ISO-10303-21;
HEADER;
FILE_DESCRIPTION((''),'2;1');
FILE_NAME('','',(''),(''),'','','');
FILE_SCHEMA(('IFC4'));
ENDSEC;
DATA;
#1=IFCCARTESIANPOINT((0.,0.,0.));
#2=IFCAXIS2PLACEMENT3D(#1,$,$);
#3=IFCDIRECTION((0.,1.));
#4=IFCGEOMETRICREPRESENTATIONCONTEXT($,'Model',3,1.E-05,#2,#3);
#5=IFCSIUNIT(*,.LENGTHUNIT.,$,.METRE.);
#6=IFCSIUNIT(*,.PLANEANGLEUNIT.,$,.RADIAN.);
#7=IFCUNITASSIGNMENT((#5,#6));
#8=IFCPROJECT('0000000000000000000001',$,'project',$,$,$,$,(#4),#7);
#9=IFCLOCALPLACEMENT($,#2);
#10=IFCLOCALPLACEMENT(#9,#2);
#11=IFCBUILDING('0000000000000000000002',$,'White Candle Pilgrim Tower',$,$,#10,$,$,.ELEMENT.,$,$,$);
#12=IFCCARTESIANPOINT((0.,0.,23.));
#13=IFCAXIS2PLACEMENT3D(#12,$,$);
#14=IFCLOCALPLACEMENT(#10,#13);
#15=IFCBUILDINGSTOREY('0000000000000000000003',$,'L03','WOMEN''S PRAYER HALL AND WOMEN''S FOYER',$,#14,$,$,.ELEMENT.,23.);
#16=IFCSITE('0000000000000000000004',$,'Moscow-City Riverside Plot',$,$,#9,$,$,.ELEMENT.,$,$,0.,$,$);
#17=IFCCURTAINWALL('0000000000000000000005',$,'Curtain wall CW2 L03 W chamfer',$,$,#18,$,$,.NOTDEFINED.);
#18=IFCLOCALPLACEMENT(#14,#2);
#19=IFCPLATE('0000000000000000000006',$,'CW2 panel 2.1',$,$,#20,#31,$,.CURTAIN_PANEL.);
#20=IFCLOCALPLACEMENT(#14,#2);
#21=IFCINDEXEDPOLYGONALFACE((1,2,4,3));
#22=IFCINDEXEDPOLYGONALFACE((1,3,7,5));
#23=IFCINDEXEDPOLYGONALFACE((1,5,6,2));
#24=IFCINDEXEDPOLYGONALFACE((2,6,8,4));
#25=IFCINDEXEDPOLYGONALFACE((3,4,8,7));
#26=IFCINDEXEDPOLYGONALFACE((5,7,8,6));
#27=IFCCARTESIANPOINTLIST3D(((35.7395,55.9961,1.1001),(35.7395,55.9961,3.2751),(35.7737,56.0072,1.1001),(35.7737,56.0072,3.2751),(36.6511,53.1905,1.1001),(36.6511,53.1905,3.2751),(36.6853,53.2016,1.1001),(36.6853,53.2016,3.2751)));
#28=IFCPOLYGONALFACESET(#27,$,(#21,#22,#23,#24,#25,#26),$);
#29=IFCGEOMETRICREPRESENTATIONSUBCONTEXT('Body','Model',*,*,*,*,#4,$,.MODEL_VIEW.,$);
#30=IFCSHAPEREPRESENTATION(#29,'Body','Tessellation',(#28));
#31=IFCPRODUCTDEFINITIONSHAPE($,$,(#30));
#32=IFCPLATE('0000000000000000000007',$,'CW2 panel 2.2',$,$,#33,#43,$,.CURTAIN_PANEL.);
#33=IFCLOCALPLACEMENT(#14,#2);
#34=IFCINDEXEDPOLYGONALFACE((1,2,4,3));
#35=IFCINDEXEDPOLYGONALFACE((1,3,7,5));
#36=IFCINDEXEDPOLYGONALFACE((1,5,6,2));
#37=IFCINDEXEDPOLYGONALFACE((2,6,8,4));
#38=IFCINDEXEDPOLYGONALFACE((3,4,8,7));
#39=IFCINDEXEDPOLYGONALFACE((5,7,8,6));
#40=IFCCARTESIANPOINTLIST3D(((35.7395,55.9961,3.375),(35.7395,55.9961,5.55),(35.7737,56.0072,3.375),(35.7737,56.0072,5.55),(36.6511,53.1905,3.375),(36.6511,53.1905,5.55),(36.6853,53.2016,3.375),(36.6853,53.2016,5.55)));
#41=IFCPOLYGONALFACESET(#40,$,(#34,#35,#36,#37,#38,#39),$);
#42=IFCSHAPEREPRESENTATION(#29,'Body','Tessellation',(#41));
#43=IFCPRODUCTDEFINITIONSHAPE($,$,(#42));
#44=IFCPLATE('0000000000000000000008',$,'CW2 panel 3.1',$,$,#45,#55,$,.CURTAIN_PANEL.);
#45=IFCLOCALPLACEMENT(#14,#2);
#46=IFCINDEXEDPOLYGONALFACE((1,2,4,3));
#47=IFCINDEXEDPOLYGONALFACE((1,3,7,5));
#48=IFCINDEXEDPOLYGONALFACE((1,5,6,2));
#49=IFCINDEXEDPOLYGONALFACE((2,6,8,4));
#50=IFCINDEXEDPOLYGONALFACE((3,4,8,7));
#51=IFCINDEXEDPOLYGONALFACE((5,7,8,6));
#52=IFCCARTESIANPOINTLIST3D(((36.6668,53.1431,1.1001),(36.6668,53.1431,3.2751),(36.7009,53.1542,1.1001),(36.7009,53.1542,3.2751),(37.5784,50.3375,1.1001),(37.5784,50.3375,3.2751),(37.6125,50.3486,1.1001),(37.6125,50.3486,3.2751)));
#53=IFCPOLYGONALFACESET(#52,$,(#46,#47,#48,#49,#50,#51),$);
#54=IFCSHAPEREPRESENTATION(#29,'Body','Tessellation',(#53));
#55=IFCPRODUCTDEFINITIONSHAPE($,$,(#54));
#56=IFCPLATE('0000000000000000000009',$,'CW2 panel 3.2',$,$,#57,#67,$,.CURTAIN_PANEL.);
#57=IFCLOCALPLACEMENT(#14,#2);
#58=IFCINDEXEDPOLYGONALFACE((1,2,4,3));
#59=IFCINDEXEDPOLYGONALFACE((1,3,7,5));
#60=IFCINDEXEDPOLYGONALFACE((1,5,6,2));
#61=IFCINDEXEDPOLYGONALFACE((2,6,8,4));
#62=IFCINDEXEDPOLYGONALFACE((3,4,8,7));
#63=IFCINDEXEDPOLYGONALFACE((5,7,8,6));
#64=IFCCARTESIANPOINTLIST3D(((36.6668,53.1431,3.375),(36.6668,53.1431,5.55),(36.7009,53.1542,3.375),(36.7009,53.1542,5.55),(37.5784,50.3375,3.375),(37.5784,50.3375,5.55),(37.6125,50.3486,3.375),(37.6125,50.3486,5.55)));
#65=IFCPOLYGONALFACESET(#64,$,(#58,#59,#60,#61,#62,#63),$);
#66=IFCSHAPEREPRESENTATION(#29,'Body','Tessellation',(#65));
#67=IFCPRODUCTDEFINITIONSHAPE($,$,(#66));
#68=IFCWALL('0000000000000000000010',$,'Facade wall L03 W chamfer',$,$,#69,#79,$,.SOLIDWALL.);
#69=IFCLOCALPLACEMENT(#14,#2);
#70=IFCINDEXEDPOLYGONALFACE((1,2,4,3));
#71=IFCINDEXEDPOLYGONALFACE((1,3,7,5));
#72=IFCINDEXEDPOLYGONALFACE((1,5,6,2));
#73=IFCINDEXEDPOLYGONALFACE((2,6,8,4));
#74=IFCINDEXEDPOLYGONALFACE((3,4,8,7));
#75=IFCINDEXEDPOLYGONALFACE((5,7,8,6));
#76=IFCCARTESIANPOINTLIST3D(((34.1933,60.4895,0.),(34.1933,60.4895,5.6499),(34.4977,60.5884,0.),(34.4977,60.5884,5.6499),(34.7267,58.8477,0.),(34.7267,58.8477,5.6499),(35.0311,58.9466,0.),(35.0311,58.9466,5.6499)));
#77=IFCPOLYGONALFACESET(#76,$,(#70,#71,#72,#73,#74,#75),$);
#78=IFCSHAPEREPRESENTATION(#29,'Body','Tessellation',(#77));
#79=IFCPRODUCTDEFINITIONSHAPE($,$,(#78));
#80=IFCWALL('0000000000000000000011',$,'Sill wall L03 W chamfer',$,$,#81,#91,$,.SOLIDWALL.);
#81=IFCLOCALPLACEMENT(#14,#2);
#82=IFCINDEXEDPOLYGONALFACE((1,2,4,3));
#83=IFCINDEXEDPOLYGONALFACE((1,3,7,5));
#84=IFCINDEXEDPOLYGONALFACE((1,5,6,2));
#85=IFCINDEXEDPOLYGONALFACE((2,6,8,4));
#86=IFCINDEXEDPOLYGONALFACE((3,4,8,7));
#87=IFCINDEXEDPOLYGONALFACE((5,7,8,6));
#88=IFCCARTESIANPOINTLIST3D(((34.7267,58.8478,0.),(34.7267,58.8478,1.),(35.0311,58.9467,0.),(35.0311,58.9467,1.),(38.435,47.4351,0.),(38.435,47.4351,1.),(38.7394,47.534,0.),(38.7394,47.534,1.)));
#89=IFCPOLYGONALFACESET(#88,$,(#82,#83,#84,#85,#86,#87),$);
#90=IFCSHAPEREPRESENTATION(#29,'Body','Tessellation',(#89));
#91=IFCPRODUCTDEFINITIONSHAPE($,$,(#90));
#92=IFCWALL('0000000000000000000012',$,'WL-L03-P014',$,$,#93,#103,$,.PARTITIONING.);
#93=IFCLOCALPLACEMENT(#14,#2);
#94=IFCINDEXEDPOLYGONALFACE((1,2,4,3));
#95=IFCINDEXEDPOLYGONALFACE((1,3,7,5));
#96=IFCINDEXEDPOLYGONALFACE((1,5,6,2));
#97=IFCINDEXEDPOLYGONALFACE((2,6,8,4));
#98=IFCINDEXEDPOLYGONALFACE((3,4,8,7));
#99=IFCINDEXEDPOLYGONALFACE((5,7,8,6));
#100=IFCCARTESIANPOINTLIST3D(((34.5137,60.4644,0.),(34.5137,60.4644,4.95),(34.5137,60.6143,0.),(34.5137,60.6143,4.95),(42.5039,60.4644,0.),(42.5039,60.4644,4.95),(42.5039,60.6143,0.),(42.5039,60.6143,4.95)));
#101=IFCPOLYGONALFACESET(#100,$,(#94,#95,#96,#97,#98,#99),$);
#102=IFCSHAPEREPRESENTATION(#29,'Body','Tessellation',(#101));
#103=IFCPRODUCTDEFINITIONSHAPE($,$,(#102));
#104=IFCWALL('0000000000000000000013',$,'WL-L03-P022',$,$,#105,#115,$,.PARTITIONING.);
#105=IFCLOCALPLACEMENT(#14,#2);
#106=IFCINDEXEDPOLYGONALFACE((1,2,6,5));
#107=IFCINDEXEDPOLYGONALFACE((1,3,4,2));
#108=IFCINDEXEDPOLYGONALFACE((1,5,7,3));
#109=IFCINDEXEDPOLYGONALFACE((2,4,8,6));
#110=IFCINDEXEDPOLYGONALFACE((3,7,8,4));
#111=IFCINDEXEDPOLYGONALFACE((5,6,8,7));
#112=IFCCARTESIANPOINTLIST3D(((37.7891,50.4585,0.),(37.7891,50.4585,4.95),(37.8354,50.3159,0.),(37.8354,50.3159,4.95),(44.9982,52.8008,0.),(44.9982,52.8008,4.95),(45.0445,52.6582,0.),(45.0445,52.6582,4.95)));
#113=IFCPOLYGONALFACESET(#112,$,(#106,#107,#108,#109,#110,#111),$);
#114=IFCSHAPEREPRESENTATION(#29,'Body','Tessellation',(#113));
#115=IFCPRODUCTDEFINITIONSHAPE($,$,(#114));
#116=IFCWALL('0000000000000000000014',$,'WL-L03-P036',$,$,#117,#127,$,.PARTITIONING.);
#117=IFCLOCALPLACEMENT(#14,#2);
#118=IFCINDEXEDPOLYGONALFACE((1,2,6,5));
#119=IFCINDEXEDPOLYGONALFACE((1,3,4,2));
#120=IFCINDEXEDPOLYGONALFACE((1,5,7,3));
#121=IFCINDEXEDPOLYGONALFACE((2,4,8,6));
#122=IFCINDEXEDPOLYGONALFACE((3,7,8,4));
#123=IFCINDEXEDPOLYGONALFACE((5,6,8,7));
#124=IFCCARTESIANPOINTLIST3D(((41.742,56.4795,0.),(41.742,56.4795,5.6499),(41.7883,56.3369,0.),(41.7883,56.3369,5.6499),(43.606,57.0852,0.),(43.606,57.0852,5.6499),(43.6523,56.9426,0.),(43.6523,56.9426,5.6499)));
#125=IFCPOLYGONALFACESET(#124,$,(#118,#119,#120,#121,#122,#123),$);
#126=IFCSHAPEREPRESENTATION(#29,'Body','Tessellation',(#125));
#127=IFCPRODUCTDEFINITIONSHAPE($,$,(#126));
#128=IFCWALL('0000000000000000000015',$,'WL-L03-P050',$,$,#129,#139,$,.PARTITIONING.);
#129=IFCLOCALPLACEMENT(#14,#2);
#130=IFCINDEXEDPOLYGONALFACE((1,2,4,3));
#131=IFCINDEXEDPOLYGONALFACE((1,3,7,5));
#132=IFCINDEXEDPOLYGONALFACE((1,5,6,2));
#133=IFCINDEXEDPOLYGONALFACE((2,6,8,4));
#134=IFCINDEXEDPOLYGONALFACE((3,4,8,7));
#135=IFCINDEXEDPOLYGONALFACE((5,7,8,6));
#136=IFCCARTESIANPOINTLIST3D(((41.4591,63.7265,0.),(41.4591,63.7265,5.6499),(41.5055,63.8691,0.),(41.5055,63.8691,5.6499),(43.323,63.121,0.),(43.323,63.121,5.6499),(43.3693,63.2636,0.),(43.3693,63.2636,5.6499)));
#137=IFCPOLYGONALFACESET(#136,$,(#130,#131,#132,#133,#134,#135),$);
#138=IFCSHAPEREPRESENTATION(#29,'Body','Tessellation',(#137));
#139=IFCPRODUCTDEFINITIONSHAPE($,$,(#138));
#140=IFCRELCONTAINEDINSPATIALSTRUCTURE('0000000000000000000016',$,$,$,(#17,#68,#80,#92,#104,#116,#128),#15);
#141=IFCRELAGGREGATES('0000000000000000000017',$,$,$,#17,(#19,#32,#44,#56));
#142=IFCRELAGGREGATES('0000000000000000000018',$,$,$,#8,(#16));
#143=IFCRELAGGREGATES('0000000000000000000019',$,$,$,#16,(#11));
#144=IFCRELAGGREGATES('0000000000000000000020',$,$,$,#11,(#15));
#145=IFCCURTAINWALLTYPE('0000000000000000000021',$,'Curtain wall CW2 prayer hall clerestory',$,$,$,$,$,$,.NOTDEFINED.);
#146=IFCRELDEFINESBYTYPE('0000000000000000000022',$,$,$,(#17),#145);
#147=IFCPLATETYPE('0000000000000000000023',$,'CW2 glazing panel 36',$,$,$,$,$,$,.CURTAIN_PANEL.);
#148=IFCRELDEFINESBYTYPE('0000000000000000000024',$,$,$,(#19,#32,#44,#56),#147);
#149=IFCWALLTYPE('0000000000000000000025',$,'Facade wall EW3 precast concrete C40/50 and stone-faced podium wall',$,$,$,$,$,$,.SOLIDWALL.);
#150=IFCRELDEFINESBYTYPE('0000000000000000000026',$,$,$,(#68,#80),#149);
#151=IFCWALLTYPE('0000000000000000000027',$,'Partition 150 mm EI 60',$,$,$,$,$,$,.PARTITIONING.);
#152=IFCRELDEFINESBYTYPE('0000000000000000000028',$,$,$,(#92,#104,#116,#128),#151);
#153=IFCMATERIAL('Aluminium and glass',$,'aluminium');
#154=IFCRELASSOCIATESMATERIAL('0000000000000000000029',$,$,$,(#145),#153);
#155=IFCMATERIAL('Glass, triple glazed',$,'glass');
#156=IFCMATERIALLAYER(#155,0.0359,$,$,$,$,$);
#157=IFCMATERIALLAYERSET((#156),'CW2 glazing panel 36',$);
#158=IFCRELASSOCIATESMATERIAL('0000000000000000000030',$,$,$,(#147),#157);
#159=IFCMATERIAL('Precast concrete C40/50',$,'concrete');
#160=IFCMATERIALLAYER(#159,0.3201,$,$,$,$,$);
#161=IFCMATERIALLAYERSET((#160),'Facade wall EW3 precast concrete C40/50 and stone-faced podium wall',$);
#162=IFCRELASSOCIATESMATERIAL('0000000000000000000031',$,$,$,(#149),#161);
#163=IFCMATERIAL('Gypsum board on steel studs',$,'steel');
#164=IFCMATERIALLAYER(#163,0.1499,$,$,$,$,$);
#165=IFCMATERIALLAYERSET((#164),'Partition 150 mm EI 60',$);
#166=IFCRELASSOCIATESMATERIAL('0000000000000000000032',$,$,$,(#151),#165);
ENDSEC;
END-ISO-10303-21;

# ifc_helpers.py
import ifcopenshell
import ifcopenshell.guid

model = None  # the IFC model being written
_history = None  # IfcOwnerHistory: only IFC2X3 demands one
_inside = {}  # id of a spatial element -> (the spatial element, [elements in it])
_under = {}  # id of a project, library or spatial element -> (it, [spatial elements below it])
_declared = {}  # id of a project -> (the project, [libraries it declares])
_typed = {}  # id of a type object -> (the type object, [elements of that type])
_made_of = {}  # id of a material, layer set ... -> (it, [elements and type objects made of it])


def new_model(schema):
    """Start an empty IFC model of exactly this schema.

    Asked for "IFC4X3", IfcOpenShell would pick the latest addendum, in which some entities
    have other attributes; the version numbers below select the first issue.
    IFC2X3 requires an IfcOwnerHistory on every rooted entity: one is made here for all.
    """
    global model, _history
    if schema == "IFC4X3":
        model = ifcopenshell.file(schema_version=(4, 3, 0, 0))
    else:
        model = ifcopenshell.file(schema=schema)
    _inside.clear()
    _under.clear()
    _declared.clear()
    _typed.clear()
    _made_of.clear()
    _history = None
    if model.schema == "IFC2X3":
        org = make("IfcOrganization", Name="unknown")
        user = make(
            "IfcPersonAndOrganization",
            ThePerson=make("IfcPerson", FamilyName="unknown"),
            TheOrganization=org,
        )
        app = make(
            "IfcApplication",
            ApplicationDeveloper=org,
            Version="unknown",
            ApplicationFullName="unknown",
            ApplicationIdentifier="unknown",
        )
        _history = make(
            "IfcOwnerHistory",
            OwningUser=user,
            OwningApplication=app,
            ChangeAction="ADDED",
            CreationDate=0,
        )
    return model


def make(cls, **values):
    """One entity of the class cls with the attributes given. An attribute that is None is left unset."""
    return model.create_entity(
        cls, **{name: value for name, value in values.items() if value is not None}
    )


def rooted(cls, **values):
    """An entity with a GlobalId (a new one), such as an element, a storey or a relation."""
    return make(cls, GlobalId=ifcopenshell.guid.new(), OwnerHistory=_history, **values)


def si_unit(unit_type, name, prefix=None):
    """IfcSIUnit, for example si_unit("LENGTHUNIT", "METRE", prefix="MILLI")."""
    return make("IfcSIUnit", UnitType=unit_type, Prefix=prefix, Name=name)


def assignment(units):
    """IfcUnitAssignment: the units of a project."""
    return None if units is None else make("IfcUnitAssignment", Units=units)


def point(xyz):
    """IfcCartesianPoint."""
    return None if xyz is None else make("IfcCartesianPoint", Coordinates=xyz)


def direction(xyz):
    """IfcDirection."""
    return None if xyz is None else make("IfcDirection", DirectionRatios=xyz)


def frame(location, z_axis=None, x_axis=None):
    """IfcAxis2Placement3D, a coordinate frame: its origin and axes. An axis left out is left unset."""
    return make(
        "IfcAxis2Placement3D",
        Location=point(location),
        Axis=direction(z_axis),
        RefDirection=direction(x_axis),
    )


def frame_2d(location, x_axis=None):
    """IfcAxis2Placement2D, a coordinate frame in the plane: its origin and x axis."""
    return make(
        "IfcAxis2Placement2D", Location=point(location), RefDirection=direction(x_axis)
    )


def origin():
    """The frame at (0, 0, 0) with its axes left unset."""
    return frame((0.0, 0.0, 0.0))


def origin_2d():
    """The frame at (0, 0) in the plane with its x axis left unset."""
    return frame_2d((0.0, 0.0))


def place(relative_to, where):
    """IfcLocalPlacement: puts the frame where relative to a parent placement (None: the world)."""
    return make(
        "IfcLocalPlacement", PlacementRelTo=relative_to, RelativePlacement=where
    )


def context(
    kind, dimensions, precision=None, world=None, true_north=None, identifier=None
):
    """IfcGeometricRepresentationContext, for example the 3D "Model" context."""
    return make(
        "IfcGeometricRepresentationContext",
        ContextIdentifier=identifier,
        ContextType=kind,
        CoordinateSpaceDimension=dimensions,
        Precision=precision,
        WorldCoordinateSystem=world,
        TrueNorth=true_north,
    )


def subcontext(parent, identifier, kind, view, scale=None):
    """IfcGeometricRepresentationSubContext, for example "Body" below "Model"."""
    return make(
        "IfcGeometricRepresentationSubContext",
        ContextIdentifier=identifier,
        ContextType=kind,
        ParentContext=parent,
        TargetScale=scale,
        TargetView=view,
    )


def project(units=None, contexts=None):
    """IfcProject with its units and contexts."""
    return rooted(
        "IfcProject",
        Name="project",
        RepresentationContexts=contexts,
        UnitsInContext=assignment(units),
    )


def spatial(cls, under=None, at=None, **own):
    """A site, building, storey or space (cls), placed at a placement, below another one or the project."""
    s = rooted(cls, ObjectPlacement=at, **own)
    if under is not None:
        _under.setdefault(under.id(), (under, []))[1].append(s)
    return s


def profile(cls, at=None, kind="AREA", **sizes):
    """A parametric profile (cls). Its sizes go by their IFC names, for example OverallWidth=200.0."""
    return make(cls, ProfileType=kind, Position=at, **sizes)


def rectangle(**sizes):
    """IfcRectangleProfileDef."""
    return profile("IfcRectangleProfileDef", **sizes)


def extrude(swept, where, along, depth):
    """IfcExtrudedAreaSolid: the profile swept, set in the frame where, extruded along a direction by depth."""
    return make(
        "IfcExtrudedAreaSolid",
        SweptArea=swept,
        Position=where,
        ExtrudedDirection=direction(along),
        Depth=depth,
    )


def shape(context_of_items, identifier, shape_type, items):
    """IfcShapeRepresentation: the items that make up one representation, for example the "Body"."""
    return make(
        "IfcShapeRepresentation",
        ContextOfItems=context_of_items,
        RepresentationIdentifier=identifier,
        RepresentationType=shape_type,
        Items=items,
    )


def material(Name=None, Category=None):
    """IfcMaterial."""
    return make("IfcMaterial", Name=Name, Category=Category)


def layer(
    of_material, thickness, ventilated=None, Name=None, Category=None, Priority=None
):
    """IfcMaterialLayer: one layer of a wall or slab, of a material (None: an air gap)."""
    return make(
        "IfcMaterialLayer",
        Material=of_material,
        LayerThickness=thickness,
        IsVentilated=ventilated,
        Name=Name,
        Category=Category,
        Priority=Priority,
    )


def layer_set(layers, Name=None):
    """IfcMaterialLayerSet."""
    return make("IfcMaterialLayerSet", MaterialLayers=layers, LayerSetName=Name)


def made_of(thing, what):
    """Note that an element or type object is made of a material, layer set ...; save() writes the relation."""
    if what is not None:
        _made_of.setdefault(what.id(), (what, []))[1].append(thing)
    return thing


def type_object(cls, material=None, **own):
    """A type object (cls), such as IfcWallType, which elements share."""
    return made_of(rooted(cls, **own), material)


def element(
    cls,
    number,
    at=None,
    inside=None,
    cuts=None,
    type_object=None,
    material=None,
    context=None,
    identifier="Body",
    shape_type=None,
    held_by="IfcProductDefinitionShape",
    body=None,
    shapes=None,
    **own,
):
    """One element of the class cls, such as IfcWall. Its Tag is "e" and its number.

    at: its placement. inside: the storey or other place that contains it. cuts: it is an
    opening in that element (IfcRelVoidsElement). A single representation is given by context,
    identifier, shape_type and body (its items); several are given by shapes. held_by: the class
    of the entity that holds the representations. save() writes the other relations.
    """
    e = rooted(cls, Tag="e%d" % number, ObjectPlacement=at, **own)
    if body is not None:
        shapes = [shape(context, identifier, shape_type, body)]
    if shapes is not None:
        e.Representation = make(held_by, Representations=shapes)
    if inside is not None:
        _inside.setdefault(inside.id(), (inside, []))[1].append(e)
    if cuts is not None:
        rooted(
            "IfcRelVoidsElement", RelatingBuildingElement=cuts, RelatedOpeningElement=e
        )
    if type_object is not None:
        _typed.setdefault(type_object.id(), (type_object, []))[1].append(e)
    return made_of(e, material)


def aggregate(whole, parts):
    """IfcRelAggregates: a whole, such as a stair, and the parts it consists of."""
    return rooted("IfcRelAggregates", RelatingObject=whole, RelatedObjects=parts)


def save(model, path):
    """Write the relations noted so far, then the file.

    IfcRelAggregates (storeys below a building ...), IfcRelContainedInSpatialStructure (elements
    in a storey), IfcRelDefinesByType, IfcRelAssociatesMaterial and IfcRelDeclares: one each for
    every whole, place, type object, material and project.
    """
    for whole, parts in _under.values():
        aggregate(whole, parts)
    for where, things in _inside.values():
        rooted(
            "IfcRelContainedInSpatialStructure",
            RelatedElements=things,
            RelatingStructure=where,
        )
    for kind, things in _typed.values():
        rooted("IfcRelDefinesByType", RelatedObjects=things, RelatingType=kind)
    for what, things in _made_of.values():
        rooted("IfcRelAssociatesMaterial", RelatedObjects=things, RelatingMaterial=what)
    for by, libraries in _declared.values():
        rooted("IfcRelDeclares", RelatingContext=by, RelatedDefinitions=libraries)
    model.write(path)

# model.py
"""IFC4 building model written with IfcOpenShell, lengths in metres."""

from ifc_helpers import new_model, si_unit, direction, frame, frame_2d, origin, origin_2d, place, context, subcontext, project, spatial, rectangle, extrude, material, layer, layer_set, type_object, element, aggregate, save


model = new_model("IFC4")

# Units and contexts
model_context = context("Model", 3, precision=1e-05, world=origin(), true_north=direction((0.0, 1.0)))
body_context = subcontext(model_context, "Body", "Model", "MODEL_VIEW")
ifc_project = project(units=[si_unit("LENGTHUNIT", "METRE"), si_unit("PLANEANGLEUNIT", "RADIAN")], contexts=[model_context])

# Site, building, storey
site_placement = place(None, origin())
site = spatial("IfcSite", under=ifc_project, at=site_placement, Name="Moscow-City Riverside Plot", CompositionType="ELEMENT", RefElevation=0.0)
building_placement = place(site_placement, origin())
building = spatial("IfcBuilding", under=site, at=building_placement, Name="White Candle Pilgrim Tower", CompositionType="ELEMENT")
storey_placement = place(building_placement, frame((0.0, 0.0, 23.0)))
storey = spatial("IfcBuildingStorey", under=building, at=storey_placement, Name="L03", Description="WOMEN'S PRAYER HALL AND WOMEN'S FOYER", CompositionType="ELEMENT", Elevation=23.0)

# Curtain wall
ifc_material_1 = material(Name="Aluminium and glass", Category="aluminium")
curtain_wall_type = type_object("IfcCurtainWallType", Name="Curtain wall CW2 prayer hall clerestory", PredefinedType="NOTDEFINED", material=ifc_material_1)
curtain_wall_placement = place(storey_placement, origin())
curtain_wall = element("IfcCurtainWall", 1, at=curtain_wall_placement, inside=storey, type_object=curtain_wall_type, Name="Curtain wall CW2 L03 W chamfer", PredefinedType="NOTDEFINED")

# Plates
ifc_material_2 = material(Name="Glass, triple glazed", Category="glass")
ifc_layer_1 = layer(ifc_material_2, 0.0359)
ifc_layer_set_1 = layer_set([ifc_layer_1], Name="CW2 glazing panel 36")
plate_type = type_object("IfcPlateType", Name="CW2 glazing panel 36", PredefinedType="CURTAIN_PANEL", material=ifc_layer_set_1)
plate_1_placement = place(storey_placement, frame((36.2124, 54.5989, 1.1001), z_axis=(0.0, 0.0, 1.0), x_axis=(0.309017, -0.951057, 0.0)))
plate_1 = element("IfcPlate", 2, at=plate_1_placement, type_object=plate_type, Name="CW2 panel 2.1", PredefinedType="CURTAIN_PANEL", context=body_context, shape_type="SweptSolid", body=[
    extrude(rectangle(XDim=2.95, YDim=0.0359, at=origin_2d()), origin(), (0.0, 0.0, 1.0), 2.175),
])
plate_2_placement = place(storey_placement, frame((36.2124, 54.5989, 3.375), z_axis=(0.0, 0.0, 1.0), x_axis=(0.309017, -0.951057, 0.0)))
plate_2 = element("IfcPlate", 3, at=plate_2_placement, type_object=plate_type, Name="CW2 panel 2.2", PredefinedType="CURTAIN_PANEL", context=body_context, shape_type="SweptSolid", body=[
    extrude(rectangle(XDim=2.95, YDim=0.0359, at=origin_2d()), origin(), (0.0, 0.0, 1.0), 2.175),
])
plate_3_placement = place(storey_placement, frame((37.1396, 51.7458, 1.1001), z_axis=(0.0, 0.0, 1.0), x_axis=(0.309017, -0.951057, 0.0)))
plate_3 = element("IfcPlate", 4, at=plate_3_placement, type_object=plate_type, Name="CW2 panel 3.1", PredefinedType="CURTAIN_PANEL", context=body_context, shape_type="SweptSolid", body=[
    extrude(rectangle(XDim=2.95, YDim=0.0359, at=origin_2d()), origin(), (0.0, 0.0, 1.0), 2.175),
])
plate_4_placement = place(storey_placement, frame((37.1396, 51.7458, 3.375), z_axis=(0.0, 0.0, 1.0), x_axis=(0.309017, -0.951057, 0.0)))
plate_4 = element("IfcPlate", 5, at=plate_4_placement, type_object=plate_type, Name="CW2 panel 3.2", PredefinedType="CURTAIN_PANEL", context=body_context, shape_type="SweptSolid", body=[
    extrude(rectangle(XDim=2.95, YDim=0.0359, at=origin_2d()), origin(), (0.0, 0.0, 1.0), 2.175),
])
aggregate(curtain_wall, [plate_1, plate_2, plate_3, plate_4])

# Walls
ifc_material_3 = material(Name="Precast concrete C40/50", Category="concrete")
ifc_layer_2 = layer(ifc_material_3, 0.3201)
ifc_layer_set_2 = layer_set([ifc_layer_2], Name="Facade wall EW3 precast concrete C40/50 and stone-faced podium wall")
wall_type_1 = type_object("IfcWallType", Name="Facade wall EW3 precast concrete C40/50 and stone-faced podium wall", PredefinedType="SOLIDWALL", material=ifc_layer_set_2)
wall_1_placement = place(storey_placement, frame((34.3455, 60.5391, 0.0), z_axis=(0.0, 0.0, 1.0), x_axis=(0.309006, -0.95106, 0.0)))
element("IfcWall", 6, at=wall_1_placement, inside=storey, type_object=wall_type_1, Name="Facade wall L03 W chamfer", PredefinedType="SOLIDWALL", context=body_context, shape_type="SweptSolid", body=[
    extrude(rectangle(XDim=1.7263, YDim=0.3201, at=frame_2d((0.8633, 0.0))), origin(), (0.0, 0.0, 1.0), 5.6499),
])
wall_2_placement = place(storey_placement, frame((34.8789, 58.8972, 0.0), z_axis=(0.0, 0.0, 1.0), x_axis=(0.309023, -0.951055, 0.0)))
element("IfcWall", 7, at=wall_2_placement, inside=storey, type_object=wall_type_1, Name="Sill wall L03 W chamfer", PredefinedType="SOLIDWALL", context=body_context, shape_type="SweptSolid", body=[
    extrude(rectangle(XDim=12.0, YDim=0.3201, at=frame_2d((6.0, 0.0))), origin(), (0.0, 0.0, 1.0), 1.0),
])
ifc_material_4 = material(Name="Gypsum board on steel studs", Category="steel")
ifc_layer_3 = layer(ifc_material_4, 0.1499)
ifc_layer_set_3 = layer_set([ifc_layer_3], Name="Partition 150 mm EI 60")
wall_type_2 = type_object("IfcWallType", Name="Partition 150 mm EI 60", PredefinedType="PARTITIONING", material=ifc_layer_set_3)
wall_3_placement = place(storey_placement, frame((34.5137, 60.5393, 0.0), z_axis=(0.0, 0.0, 1.0), x_axis=(1.0, 0.0, 0.0)))
element("IfcWall", 8, at=wall_3_placement, inside=storey, type_object=wall_type_2, Name="WL-L03-P014", PredefinedType="PARTITIONING", context=body_context, shape_type="SweptSolid", body=[
    extrude(rectangle(XDim=7.9902, YDim=0.1499, at=frame_2d((3.9951, 0.0))), origin(), (0.0, 0.0, 1.0), 4.95),
])
wall_4_placement = place(storey_placement, frame((37.8123, 50.3872, 0.0), z_axis=(0.0, 0.0, 1.0), x_axis=(0.951059, 0.30901, 0.0)))
element("IfcWall", 9, at=wall_4_placement, inside=storey, type_object=wall_type_2, Name="WL-L03-P022", PredefinedType="PARTITIONING", context=body_context, shape_type="SweptSolid", body=[
    extrude(rectangle(XDim=7.5801, YDim=0.1499, at=frame_2d((3.79, 0.0))), origin(), (0.0, 0.0, 1.0), 4.95),
])
wall_5_placement = place(storey_placement, frame((41.7651, 56.4082, 0.0), z_axis=(0.0, 0.0, 1.0), x_axis=(0.951048, 0.309044, 0.0)))
element("IfcWall", 10, at=wall_5_placement, inside=storey, type_object=wall_type_2, Name="WL-L03-P036", PredefinedType="PARTITIONING", context=body_context, shape_type="SweptSolid", body=[
    extrude(rectangle(XDim=1.96, YDim=0.1499, at=frame_2d((0.98, 0.0))), origin(), (0.0, 0.0, 1.0), 5.6499),
])
wall_6_placement = place(storey_placement, frame((41.4822, 63.7979, 0.0), z_axis=(0.0, 0.0, 1.0), x_axis=(0.951073, -0.308968, 0.0)))
element("IfcWall", 11, at=wall_6_placement, inside=storey, type_object=wall_type_2, Name="WL-L03-P050", PredefinedType="PARTITIONING", context=body_context, shape_type="SweptSolid", body=[
    extrude(rectangle(XDim=1.9597, YDim=0.1499, at=frame_2d((0.98, 0.0))), origin(), (0.0, 0.0, 1.0), 5.6499),
])

save(model, "model.ifc")
